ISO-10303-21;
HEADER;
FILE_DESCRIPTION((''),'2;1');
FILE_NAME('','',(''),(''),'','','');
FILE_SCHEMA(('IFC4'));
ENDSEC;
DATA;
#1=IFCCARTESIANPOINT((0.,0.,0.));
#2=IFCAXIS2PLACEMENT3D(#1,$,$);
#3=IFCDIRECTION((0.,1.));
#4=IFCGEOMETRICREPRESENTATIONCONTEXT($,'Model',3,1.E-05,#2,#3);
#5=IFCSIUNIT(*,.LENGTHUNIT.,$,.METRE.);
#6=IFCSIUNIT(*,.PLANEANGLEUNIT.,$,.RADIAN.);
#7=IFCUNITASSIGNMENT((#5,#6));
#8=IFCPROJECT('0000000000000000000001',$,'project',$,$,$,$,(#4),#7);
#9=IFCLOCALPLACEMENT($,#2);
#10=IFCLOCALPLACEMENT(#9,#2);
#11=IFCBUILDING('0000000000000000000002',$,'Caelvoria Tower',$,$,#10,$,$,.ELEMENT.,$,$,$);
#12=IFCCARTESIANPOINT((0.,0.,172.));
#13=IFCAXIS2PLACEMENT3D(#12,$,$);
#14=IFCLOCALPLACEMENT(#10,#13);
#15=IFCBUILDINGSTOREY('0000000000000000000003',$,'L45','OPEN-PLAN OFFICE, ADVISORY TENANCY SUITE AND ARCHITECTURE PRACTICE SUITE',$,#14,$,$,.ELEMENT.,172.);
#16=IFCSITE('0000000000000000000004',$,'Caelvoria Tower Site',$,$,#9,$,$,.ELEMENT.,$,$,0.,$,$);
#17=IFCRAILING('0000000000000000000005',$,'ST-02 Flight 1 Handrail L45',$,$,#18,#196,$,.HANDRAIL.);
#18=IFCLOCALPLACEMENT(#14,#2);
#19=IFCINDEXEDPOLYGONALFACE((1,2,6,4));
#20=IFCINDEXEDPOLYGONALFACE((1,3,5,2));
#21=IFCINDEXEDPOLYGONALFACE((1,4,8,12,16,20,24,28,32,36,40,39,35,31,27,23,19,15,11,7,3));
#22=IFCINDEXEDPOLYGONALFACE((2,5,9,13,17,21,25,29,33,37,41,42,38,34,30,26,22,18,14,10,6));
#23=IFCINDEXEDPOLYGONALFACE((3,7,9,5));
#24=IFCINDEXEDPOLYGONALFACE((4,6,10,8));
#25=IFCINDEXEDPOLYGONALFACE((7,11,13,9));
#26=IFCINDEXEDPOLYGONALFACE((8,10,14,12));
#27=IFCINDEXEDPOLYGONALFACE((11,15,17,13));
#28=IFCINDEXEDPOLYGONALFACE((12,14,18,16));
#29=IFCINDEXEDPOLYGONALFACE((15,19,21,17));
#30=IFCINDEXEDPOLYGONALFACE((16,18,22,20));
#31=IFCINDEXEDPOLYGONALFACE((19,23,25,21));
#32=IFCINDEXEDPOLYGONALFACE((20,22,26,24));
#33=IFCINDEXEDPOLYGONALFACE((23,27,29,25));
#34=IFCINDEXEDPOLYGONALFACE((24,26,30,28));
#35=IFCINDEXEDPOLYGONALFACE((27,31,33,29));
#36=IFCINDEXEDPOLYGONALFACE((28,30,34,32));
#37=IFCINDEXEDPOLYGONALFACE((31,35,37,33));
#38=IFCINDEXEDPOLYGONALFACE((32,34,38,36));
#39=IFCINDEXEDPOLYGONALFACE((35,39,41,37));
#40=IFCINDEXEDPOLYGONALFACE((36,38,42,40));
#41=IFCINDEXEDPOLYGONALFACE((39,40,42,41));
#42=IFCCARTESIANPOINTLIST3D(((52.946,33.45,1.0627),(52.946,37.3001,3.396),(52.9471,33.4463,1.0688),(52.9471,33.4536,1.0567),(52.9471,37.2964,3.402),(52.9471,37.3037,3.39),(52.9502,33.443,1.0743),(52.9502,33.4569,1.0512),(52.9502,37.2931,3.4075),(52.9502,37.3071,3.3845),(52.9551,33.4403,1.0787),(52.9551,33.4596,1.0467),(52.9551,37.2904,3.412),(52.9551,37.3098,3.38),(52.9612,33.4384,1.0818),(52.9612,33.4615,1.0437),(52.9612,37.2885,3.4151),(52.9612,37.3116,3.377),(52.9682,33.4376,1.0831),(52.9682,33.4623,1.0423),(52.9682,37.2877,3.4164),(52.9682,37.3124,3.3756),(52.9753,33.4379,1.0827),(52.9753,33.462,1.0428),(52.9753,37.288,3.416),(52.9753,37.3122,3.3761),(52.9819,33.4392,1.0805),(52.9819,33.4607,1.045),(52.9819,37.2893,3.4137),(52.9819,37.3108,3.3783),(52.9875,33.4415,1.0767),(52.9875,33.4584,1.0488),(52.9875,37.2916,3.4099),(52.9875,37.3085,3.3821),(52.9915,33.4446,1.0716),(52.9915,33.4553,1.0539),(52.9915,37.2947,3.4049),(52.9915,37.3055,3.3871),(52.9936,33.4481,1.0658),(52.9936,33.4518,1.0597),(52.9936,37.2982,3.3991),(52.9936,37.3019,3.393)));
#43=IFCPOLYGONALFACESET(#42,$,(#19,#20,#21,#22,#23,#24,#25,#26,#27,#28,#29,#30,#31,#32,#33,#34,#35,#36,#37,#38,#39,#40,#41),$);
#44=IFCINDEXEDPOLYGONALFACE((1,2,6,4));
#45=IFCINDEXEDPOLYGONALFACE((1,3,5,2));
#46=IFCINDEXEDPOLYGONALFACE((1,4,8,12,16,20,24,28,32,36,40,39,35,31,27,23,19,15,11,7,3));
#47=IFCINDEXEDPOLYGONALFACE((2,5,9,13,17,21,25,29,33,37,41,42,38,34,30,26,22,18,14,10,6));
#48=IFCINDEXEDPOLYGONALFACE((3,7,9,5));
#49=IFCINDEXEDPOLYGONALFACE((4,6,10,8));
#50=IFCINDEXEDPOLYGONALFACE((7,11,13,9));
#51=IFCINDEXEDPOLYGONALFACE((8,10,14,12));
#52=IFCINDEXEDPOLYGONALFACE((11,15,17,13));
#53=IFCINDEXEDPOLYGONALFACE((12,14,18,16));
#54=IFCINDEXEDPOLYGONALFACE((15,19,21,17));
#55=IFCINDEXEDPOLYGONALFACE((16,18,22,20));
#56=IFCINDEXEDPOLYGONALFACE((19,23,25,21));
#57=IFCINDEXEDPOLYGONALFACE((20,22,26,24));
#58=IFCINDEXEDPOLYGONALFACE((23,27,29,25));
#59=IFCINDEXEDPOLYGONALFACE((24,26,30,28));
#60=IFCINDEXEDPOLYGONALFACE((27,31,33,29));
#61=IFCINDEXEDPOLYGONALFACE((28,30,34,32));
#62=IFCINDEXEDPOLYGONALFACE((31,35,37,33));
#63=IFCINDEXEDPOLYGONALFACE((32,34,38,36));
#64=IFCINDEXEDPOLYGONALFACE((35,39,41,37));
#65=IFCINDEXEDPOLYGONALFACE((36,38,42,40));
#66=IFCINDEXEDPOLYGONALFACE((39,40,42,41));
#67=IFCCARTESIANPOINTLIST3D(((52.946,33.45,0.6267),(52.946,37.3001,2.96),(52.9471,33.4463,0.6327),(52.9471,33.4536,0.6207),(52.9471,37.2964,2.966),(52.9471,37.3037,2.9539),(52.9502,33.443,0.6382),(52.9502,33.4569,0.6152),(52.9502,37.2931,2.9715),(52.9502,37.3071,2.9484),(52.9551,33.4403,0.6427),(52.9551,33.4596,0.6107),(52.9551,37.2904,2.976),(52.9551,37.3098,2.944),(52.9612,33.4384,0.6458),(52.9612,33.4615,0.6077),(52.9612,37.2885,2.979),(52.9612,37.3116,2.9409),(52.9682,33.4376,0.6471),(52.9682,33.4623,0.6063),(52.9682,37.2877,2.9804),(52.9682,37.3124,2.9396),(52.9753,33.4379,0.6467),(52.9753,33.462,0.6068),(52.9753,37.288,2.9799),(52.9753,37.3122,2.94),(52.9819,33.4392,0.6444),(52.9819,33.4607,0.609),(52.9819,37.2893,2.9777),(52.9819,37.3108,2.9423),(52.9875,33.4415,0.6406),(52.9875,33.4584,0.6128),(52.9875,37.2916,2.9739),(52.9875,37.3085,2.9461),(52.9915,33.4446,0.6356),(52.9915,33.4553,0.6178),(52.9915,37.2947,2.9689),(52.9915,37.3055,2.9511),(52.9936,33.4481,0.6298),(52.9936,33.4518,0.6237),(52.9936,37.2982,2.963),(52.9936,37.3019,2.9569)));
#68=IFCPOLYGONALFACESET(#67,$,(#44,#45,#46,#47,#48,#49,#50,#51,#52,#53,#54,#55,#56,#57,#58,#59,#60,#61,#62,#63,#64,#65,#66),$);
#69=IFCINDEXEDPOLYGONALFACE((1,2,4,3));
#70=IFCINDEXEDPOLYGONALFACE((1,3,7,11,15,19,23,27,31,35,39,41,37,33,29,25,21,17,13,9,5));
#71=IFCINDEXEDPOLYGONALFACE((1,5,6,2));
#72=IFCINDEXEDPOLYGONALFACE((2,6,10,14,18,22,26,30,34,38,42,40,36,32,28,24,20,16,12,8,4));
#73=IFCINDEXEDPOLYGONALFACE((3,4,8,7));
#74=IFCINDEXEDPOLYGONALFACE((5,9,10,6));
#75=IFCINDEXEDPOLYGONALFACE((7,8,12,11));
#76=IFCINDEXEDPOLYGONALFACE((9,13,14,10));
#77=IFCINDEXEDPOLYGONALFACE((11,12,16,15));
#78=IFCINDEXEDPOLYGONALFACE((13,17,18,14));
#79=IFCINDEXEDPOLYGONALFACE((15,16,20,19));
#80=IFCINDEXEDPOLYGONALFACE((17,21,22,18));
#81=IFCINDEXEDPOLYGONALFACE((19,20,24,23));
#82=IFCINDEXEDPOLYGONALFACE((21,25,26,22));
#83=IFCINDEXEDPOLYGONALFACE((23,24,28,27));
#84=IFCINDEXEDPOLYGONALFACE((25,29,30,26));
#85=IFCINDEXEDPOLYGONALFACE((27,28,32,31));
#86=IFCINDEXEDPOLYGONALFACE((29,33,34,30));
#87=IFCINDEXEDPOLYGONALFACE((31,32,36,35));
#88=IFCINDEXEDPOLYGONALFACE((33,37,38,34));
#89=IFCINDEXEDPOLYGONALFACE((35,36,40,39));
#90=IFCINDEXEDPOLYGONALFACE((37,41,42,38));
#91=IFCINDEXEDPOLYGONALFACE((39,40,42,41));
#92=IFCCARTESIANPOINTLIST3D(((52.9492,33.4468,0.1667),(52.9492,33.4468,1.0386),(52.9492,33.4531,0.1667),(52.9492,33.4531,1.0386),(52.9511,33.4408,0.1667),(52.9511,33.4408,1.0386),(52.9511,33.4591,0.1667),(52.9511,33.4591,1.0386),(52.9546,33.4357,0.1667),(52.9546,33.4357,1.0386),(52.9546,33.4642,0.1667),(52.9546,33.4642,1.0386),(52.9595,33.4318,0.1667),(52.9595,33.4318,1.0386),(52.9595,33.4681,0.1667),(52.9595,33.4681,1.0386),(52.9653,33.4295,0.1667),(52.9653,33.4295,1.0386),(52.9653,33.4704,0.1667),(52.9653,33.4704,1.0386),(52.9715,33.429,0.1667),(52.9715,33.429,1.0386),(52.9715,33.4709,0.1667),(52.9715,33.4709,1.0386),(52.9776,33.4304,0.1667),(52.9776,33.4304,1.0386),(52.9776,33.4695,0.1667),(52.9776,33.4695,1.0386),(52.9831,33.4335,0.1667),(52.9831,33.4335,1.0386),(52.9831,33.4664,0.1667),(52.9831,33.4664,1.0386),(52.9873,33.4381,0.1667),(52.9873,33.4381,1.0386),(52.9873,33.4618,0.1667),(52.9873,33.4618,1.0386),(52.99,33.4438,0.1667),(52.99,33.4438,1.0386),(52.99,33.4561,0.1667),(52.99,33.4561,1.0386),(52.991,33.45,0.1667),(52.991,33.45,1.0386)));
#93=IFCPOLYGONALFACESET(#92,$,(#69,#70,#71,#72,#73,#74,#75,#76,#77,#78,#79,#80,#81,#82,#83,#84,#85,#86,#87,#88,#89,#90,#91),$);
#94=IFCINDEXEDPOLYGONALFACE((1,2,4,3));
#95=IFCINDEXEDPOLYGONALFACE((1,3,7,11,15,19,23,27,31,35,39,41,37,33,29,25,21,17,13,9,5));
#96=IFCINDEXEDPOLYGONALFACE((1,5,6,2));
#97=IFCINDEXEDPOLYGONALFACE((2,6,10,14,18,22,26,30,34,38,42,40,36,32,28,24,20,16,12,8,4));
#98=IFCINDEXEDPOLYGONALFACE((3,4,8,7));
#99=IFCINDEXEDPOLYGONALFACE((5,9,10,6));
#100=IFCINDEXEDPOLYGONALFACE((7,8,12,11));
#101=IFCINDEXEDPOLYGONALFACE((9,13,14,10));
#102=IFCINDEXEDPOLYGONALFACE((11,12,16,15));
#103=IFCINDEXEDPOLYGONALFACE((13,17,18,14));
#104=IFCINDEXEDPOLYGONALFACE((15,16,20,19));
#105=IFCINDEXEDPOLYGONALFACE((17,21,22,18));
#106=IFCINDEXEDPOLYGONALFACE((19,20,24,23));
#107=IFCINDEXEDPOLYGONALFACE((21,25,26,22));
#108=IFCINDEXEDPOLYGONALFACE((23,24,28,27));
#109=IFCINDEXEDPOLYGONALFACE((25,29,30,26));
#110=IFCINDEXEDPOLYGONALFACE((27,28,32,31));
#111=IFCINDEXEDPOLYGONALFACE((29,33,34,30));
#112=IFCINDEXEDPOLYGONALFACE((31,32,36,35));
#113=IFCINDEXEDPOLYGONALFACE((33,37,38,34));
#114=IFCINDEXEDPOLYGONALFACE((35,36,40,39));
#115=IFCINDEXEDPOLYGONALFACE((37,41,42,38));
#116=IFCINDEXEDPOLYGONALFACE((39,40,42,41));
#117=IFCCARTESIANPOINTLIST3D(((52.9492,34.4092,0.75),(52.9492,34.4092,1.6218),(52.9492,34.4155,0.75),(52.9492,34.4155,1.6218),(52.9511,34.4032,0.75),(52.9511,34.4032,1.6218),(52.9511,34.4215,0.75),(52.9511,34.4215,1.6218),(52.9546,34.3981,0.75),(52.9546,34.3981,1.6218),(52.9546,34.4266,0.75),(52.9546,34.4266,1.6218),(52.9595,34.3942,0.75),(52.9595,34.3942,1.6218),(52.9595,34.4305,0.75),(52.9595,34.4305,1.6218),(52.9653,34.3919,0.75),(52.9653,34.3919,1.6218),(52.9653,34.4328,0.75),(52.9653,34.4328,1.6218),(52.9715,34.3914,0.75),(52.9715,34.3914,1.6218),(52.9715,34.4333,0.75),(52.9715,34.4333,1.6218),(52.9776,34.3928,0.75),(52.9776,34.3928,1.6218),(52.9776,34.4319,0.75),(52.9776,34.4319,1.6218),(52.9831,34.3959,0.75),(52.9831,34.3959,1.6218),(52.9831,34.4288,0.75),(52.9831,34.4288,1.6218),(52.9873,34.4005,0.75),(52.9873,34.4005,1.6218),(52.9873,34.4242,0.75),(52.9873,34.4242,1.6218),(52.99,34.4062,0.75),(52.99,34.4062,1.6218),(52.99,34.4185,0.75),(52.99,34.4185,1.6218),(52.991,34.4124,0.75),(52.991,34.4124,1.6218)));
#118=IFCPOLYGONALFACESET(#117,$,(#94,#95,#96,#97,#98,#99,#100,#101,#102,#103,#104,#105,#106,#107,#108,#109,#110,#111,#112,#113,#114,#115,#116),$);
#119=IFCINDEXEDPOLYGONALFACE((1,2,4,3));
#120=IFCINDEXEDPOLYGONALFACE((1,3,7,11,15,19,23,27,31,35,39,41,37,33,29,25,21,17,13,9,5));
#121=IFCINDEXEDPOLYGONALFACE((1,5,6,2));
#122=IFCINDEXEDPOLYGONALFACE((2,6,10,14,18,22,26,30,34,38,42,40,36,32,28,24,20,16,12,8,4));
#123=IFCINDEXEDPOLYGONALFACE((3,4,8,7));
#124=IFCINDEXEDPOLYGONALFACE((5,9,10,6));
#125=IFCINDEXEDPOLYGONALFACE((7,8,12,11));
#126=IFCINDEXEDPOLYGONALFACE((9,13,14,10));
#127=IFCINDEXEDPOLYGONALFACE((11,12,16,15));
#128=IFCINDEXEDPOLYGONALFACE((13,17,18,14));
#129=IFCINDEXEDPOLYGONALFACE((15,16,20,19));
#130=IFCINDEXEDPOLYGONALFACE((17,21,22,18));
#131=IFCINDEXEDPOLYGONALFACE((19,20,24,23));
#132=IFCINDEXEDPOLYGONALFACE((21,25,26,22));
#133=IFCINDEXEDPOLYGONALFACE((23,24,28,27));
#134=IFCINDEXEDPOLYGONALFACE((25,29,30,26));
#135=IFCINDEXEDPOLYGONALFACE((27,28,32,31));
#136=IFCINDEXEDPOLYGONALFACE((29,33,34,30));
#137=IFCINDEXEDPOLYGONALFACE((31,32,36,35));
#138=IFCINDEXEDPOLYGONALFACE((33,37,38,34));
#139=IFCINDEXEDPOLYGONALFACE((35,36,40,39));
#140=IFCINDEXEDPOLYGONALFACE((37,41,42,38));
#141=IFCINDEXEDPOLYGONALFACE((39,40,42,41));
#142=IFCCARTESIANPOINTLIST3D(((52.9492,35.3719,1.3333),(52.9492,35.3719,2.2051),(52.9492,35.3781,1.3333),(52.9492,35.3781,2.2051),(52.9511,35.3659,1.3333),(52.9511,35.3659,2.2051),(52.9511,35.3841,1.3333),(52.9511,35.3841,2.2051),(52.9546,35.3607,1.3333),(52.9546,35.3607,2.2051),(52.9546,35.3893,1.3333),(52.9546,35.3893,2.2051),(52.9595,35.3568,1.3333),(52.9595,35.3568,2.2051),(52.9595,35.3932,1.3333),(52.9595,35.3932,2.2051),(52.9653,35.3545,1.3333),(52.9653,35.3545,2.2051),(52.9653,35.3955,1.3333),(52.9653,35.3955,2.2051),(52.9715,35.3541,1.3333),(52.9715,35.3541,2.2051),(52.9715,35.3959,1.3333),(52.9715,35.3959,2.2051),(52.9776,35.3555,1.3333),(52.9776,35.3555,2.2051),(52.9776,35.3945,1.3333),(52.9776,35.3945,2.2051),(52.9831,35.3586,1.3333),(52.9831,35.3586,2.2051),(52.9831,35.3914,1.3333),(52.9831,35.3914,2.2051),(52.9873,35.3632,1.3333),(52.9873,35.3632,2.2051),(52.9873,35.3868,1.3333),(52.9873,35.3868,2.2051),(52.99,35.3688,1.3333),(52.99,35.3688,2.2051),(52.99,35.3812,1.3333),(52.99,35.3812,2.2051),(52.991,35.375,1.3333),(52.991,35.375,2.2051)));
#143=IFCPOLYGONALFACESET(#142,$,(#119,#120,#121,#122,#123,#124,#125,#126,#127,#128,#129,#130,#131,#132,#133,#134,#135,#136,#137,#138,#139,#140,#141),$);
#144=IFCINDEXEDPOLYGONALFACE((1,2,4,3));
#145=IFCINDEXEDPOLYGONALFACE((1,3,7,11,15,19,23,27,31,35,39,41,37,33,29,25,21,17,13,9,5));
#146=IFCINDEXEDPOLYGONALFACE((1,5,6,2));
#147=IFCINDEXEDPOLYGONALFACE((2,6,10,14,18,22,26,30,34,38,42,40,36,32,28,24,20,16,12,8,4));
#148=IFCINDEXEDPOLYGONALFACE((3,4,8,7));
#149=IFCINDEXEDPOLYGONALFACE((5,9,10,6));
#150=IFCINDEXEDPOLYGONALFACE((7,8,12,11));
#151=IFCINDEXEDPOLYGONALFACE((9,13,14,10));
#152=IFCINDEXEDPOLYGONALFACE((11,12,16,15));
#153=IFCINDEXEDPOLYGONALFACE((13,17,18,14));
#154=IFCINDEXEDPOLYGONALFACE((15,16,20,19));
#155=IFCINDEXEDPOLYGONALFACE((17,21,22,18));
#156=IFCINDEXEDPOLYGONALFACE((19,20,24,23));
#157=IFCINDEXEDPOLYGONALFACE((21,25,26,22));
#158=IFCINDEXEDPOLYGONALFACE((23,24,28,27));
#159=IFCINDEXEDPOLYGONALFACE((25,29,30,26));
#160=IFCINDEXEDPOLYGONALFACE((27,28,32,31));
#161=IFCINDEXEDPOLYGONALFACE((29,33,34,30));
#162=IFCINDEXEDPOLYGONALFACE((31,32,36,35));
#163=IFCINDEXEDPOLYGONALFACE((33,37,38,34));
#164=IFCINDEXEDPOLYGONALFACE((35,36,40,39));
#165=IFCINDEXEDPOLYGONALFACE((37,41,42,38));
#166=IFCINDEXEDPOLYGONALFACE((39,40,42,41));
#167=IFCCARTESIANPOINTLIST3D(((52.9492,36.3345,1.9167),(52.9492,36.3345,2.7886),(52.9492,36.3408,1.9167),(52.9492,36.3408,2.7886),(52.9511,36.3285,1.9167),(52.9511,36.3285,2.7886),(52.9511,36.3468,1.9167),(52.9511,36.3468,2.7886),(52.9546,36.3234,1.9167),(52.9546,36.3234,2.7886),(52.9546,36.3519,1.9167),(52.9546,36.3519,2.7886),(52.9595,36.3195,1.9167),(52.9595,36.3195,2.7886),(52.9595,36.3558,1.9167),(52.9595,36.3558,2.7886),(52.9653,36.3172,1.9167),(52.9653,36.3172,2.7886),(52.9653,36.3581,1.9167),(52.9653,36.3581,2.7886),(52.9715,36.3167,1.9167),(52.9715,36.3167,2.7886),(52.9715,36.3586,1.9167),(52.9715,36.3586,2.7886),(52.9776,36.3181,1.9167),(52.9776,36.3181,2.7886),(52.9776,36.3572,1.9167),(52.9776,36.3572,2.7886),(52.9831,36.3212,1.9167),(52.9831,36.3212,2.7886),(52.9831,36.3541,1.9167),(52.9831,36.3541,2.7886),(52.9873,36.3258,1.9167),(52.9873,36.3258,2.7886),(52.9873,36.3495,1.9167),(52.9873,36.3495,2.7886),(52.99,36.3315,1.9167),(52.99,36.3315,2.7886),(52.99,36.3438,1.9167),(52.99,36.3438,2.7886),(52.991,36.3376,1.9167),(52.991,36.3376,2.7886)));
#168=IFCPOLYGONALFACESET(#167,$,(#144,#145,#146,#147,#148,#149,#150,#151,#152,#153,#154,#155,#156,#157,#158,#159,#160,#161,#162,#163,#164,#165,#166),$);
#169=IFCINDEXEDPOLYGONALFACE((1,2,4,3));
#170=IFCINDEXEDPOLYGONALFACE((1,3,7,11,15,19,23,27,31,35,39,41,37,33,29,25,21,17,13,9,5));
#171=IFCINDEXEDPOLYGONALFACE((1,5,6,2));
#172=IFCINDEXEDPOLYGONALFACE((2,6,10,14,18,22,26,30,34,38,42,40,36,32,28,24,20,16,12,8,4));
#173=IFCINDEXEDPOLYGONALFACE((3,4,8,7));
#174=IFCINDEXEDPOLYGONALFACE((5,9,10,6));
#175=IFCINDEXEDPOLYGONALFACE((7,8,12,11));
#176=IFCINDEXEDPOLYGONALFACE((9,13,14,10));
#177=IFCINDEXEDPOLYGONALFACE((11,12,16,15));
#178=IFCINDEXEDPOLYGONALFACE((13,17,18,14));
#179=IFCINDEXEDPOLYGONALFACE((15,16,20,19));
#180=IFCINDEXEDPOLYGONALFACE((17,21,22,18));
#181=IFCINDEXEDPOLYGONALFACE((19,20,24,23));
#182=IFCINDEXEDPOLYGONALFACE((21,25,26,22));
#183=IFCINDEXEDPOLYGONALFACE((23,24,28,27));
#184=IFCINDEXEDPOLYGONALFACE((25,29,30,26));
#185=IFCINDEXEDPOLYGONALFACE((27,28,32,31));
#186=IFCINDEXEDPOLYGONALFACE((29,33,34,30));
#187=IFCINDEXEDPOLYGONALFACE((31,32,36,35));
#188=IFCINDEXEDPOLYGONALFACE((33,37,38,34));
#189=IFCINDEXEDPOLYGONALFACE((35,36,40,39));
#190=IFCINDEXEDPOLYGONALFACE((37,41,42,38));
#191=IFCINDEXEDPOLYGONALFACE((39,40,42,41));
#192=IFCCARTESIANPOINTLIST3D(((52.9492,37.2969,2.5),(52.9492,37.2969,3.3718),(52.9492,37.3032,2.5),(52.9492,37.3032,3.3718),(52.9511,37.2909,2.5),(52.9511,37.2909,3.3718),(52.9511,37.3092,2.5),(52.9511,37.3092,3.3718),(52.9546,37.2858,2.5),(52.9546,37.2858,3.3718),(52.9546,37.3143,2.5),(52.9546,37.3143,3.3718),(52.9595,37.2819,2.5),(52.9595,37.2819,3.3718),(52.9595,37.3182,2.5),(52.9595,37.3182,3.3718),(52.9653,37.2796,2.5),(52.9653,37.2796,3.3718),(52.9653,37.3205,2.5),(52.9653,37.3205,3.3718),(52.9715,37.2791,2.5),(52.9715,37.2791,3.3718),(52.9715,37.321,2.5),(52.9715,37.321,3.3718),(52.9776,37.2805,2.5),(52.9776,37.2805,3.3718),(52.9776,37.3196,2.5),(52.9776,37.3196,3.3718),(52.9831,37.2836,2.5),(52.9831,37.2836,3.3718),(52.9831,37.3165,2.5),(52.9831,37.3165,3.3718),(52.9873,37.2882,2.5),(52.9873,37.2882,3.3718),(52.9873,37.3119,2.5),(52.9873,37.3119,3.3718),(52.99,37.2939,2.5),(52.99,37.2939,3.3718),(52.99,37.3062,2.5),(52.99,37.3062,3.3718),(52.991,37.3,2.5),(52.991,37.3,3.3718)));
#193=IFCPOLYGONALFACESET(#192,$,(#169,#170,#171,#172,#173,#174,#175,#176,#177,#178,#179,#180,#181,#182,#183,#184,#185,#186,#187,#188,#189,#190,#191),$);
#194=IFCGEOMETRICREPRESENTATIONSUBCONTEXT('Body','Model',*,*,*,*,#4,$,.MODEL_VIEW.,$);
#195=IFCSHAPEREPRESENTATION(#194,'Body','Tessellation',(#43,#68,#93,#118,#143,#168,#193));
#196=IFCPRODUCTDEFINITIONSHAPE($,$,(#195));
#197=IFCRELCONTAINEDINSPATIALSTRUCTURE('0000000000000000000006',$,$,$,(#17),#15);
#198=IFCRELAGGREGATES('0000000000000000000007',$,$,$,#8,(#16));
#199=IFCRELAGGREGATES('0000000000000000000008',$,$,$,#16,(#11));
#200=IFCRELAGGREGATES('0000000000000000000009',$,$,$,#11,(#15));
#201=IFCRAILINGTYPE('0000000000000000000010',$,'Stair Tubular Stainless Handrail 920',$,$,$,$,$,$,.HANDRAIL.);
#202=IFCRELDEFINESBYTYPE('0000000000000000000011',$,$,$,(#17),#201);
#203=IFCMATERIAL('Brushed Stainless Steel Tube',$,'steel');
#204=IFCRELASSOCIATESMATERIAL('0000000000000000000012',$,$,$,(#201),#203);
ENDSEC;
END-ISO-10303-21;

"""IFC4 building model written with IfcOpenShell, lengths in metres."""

from ifc_helpers import new_model, si_unit, direction, frame, origin, origin_2d, place, context, subcontext, project, spatial, circle, extrude, material, type_object, element, save


model = new_model("IFC4")

# Units and contexts
model_context = context("Model", 3, precision=1e-05, world=origin(), true_north=direction((0.0, 1.0)))
body_context = subcontext(model_context, "Body", "Model", "MODEL_VIEW")
ifc_project = project(units=[si_unit("LENGTHUNIT", "METRE"), si_unit("PLANEANGLEUNIT", "RADIAN")], contexts=[model_context])

# Site, building, storey
site_placement = place(None, origin())
site = spatial("IfcSite", under=ifc_project, at=site_placement, Name="Caelvoria Tower Site", CompositionType="ELEMENT", RefElevation=0.0)
building_placement = place(site_placement, origin())
building = spatial("IfcBuilding", under=site, at=building_placement, Name="Caelvoria Tower", CompositionType="ELEMENT")
storey_placement = place(building_placement, frame((0.0, 0.0, 172.0)))
storey = spatial("IfcBuildingStorey", under=building, at=storey_placement, Name="L45", Description="OPEN-PLAN OFFICE, ADVISORY TENANCY SUITE AND ARCHITECTURE PRACTICE SUITE", CompositionType="ELEMENT", Elevation=172.0)

# Railing
ifc_material_1 = material(Name="Brushed Stainless Steel Tube", Category="steel")
railing_type_1 = type_object("IfcRailingType", Name="Stair Tubular Stainless Handrail 920", PredefinedType="HANDRAIL", material=ifc_material_1)
railing_1_placement = place(storey_placement, frame((52.97, 33.45, 0.1667)))
element("IfcRailing", 1, at=railing_1_placement, inside=storey, type_object=railing_type_1, Name="ST-02 Flight 1 Handrail L45", PredefinedType="HANDRAIL", context=body_context, shape_type="SweptSolid", body=[
    extrude(circle(Radius=0.0239, at=origin_2d()), frame((0.0, 0.0, 0.896), z_axis=(0.0, 0.855212, 0.518279), x_axis=(-1.0, 0.0, 0.0)), (0.0, 0.0, 1.0), 4.502),
    extrude(circle(Radius=0.0239, at=origin_2d()), frame((0.0, 0.0, 0.46), z_axis=(0.0, 0.855212, 0.518279), x_axis=(-1.0, 0.0, 0.0)), (0.0, 0.0, 1.0), 4.502),
    extrude(circle(Radius=0.021, at=origin_2d()), origin(), (0.0, 0.0, 1.0), 0.8718),
    extrude(circle(Radius=0.021, at=origin_2d()), frame((0.0, 0.9624, 0.5833)), (0.0, 0.0, 1.0), 0.8718),
    extrude(circle(Radius=0.021, at=origin_2d()), frame((0.0, 1.925, 1.1665)), (0.0, 0.0, 1.0), 0.8718),
    extrude(circle(Radius=0.021, at=origin_2d()), frame((0.0, 2.8877, 1.75)), (0.0, 0.0, 1.0), 0.8718),
    extrude(circle(Radius=0.021, at=origin_2d()), frame((0.0, 3.8501, 2.3333)), (0.0, 0.0, 1.0), 0.8718),
])

save(model, "model.ifc")
